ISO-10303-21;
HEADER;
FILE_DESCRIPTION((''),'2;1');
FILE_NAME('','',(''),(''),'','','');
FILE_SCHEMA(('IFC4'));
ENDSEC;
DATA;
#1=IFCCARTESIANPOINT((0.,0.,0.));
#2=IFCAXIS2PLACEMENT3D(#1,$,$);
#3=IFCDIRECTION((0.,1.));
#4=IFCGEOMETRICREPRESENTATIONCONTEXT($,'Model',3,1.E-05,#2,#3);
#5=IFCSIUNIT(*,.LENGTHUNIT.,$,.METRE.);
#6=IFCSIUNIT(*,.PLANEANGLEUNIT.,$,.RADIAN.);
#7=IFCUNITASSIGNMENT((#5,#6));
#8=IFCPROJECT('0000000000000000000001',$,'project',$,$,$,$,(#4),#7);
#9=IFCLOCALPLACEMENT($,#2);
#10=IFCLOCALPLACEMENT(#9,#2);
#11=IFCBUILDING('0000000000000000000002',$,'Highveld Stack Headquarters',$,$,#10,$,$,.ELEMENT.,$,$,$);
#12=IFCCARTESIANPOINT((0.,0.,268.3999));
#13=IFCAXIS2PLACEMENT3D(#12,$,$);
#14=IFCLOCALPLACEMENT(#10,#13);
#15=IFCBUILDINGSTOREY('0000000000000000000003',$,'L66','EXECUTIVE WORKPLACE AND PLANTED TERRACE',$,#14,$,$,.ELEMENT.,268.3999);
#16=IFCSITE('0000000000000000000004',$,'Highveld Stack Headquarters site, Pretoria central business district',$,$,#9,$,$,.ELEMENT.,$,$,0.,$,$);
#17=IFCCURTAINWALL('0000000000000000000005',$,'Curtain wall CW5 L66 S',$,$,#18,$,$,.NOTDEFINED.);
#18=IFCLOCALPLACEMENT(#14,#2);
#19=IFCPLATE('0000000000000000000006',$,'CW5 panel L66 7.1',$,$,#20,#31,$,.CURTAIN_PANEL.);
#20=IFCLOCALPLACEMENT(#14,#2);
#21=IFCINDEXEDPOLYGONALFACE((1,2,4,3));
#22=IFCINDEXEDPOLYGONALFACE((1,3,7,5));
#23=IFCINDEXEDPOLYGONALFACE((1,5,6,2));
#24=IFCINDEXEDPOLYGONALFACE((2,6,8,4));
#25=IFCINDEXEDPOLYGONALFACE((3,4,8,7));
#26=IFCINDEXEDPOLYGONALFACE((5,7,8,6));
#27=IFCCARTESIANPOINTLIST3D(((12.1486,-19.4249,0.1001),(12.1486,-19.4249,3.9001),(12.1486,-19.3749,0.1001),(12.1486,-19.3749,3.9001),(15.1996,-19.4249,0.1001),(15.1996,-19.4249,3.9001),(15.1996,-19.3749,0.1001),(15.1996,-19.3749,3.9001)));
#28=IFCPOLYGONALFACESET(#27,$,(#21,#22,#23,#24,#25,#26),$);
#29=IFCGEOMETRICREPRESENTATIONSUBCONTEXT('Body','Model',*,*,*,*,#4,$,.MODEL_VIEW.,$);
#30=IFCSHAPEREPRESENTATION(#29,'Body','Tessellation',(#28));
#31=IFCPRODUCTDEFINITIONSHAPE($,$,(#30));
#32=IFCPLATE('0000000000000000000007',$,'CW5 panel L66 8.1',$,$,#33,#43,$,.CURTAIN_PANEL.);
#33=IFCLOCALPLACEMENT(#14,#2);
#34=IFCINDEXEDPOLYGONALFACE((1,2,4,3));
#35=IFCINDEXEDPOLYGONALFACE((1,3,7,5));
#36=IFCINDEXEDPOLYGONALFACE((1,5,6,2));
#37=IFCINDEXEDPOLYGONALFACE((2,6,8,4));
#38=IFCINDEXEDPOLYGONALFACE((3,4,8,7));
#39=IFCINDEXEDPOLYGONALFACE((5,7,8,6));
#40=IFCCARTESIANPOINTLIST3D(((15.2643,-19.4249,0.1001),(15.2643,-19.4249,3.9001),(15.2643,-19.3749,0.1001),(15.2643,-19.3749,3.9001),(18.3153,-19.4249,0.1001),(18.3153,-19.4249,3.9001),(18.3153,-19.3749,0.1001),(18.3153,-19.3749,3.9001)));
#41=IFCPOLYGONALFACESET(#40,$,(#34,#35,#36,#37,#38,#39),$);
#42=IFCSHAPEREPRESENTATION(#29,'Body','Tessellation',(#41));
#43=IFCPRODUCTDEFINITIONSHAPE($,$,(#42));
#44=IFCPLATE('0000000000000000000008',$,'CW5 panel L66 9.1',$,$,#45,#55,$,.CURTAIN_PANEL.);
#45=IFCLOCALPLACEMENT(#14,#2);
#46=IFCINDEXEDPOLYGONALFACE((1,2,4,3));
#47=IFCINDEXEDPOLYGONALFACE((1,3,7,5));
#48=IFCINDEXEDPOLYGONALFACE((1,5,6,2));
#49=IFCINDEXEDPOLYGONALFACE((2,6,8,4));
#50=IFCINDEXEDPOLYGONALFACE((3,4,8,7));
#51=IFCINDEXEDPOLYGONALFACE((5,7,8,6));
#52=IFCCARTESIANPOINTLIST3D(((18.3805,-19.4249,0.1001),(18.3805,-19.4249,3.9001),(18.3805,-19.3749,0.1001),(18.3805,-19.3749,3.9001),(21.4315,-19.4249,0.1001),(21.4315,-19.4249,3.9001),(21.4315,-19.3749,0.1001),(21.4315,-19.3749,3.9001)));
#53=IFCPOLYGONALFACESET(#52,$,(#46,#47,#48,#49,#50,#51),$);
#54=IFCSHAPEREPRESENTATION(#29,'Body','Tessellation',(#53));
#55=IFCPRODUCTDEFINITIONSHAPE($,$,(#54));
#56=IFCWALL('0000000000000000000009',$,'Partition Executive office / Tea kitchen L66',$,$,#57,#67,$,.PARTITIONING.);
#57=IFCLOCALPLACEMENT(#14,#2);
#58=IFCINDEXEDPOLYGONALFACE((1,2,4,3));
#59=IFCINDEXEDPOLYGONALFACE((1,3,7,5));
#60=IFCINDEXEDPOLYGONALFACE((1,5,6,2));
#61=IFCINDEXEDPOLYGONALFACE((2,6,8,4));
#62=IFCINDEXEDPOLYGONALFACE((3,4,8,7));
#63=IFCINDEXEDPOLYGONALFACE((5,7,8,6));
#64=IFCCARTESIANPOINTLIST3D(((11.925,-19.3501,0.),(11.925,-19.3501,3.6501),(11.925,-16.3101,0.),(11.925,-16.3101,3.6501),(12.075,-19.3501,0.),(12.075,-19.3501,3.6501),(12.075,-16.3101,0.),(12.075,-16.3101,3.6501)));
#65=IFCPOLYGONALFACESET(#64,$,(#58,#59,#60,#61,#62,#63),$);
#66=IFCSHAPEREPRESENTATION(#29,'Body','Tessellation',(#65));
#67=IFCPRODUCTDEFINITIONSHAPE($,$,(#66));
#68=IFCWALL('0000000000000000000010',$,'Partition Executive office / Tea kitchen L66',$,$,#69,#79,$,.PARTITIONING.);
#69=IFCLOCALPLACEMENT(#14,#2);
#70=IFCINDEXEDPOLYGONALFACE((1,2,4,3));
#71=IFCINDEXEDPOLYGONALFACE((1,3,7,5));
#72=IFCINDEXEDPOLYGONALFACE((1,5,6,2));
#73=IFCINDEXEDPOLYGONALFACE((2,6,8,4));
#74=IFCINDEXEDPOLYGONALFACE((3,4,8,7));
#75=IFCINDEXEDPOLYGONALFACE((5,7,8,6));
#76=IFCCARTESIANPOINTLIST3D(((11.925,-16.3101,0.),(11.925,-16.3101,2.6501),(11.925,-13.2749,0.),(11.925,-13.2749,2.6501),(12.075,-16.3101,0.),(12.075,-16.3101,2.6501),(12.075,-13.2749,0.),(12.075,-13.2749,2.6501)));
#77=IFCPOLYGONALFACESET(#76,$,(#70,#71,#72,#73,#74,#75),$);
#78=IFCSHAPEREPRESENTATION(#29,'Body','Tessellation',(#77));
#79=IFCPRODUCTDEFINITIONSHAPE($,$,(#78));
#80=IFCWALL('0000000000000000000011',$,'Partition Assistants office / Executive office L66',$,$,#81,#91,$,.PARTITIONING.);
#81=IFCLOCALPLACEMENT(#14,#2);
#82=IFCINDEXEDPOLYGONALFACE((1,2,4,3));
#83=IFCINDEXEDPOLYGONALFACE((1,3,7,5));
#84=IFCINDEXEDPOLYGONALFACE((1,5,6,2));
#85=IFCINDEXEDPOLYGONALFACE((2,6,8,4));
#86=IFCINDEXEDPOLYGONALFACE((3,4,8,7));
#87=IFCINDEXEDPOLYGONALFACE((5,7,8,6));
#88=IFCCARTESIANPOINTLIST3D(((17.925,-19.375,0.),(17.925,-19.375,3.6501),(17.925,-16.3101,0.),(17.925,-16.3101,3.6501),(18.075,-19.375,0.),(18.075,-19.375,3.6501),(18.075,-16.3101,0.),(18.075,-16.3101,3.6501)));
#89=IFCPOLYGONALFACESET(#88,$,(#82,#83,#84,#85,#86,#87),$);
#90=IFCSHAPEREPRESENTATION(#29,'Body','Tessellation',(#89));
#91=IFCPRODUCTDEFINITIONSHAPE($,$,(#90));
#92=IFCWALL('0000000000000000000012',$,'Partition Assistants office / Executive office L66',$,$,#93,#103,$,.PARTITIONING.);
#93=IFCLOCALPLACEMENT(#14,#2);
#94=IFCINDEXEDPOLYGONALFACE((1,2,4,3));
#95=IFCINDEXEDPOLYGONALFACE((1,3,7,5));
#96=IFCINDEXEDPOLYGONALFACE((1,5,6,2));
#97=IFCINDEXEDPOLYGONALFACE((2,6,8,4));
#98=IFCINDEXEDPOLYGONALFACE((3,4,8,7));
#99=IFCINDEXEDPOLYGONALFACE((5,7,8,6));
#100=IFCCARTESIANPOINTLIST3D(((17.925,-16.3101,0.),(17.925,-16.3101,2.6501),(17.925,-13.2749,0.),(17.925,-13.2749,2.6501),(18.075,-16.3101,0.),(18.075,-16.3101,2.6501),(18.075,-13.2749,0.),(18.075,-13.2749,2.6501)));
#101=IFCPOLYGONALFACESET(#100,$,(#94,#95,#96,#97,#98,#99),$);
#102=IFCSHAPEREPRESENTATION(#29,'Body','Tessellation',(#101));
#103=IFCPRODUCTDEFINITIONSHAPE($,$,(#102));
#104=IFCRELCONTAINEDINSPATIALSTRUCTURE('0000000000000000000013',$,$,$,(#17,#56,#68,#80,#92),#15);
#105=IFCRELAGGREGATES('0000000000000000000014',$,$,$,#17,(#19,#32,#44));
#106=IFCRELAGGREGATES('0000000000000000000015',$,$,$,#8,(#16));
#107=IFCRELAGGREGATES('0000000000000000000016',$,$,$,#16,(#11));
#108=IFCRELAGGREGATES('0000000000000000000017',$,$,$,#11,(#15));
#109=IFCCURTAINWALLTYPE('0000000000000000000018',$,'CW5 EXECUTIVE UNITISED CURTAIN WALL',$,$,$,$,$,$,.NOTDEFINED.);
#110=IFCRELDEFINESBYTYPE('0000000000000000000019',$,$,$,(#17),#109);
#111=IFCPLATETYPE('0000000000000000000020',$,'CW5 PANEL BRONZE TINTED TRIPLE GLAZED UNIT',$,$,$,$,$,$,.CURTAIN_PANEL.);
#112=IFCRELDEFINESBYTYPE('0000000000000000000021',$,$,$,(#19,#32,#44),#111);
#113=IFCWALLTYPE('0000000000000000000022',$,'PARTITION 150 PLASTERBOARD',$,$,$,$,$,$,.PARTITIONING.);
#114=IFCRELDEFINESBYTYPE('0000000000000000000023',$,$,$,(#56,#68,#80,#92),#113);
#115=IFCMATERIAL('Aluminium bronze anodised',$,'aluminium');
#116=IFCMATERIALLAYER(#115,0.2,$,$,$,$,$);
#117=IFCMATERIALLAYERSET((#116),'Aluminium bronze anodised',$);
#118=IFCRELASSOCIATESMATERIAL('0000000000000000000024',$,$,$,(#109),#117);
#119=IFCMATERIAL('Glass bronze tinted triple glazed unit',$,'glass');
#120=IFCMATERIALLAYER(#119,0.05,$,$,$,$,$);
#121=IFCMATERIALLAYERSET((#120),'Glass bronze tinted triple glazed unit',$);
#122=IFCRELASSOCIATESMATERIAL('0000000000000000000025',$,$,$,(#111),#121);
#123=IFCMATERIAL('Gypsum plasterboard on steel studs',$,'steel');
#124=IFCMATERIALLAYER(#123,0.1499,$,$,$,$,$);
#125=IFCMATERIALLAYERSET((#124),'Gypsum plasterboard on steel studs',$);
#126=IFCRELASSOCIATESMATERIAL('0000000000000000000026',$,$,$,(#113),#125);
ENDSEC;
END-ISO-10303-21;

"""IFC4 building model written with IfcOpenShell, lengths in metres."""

from ifc_helpers import new_model, si_unit, direction, frame, frame_2d, origin, origin_2d, place, context, subcontext, project, spatial, rectangle, extrude, material, layer, layer_set, type_object, element, aggregate, save


model = new_model("IFC4")

# Units and contexts
model_context = context("Model", 3, precision=1e-05, world=origin(), true_north=direction((0.0, 1.0)))
body_context = subcontext(model_context, "Body", "Model", "MODEL_VIEW")
ifc_project = project(units=[si_unit("LENGTHUNIT", "METRE"), si_unit("PLANEANGLEUNIT", "RADIAN")], contexts=[model_context])

# Site, building, storey
site_placement = place(None, origin())
site = spatial("IfcSite", under=ifc_project, at=site_placement, Name="Highveld Stack Headquarters site, Pretoria central business district", CompositionType="ELEMENT", RefElevation=0.0)
building_placement = place(site_placement, origin())
building = spatial("IfcBuilding", under=site, at=building_placement, Name="Highveld Stack Headquarters", CompositionType="ELEMENT")
storey_placement = place(building_placement, frame((0.0, 0.0, 268.3999)))
storey = spatial("IfcBuildingStorey", under=building, at=storey_placement, Name="L66", Description="EXECUTIVE WORKPLACE AND PLANTED TERRACE", CompositionType="ELEMENT", Elevation=268.3999)

# Curtain wall, plates
ifc_material_1 = material(Name="Aluminium bronze anodised", Category="aluminium")
ifc_layer_1 = layer(ifc_material_1, 0.2)
ifc_layer_set_1 = layer_set([ifc_layer_1], Name="Aluminium bronze anodised")
curtain_wall_type = type_object("IfcCurtainWallType", Name="CW5 EXECUTIVE UNITISED CURTAIN WALL", PredefinedType="NOTDEFINED", material=ifc_layer_set_1)
curtain_wall_placement = place(storey_placement, origin())
curtain_wall = element("IfcCurtainWall", 1, at=curtain_wall_placement, inside=storey, type_object=curtain_wall_type, Name="Curtain wall CW5 L66 S", PredefinedType="NOTDEFINED")
ifc_material_2 = material(Name="Glass bronze tinted triple glazed unit", Category="glass")
ifc_layer_2 = layer(ifc_material_2, 0.05)
ifc_layer_set_2 = layer_set([ifc_layer_2], Name="Glass bronze tinted triple glazed unit")
plate_type = type_object("IfcPlateType", Name="CW5 PANEL BRONZE TINTED TRIPLE GLAZED UNIT", PredefinedType="CURTAIN_PANEL", material=ifc_layer_set_2)
plate_1_placement = place(storey_placement, frame((13.6741, -19.3999, 0.1001), z_axis=(0.0, 0.0, 1.0), x_axis=(1.0, 0.0, 0.0)))
plate_1 = element("IfcPlate", 2, at=plate_1_placement, type_object=plate_type, Name="CW5 panel L66 7.1", PredefinedType="CURTAIN_PANEL", context=body_context, shape_type="SweptSolid", body=[
    extrude(rectangle(XDim=3.051, YDim=0.05, at=origin_2d()), origin(), (0.0, 0.0, 1.0), 3.8),
])
plate_2_placement = place(storey_placement, frame((16.7898, -19.3999, 0.1001), z_axis=(0.0, 0.0, 1.0), x_axis=(1.0, 0.0, 0.0)))
plate_2 = element("IfcPlate", 3, at=plate_2_placement, type_object=plate_type, Name="CW5 panel L66 8.1", PredefinedType="CURTAIN_PANEL", context=body_context, shape_type="SweptSolid", body=[
    extrude(rectangle(XDim=3.051, YDim=0.05, at=origin_2d()), origin(), (0.0, 0.0, 1.0), 3.8),
])
plate_3_placement = place(storey_placement, frame((19.906, -19.3999, 0.1001), z_axis=(0.0, 0.0, 1.0), x_axis=(1.0, 0.0, 0.0)))
plate_3 = element("IfcPlate", 4, at=plate_3_placement, type_object=plate_type, Name="CW5 panel L66 9.1", PredefinedType="CURTAIN_PANEL", context=body_context, shape_type="SweptSolid", body=[
    extrude(rectangle(XDim=3.051, YDim=0.05, at=origin_2d()), origin(), (0.0, 0.0, 1.0), 3.8),
])
aggregate(curtain_wall, [plate_1, plate_2, plate_3])

# Walls
ifc_material_3 = material(Name="Gypsum plasterboard on steel studs", Category="steel")
ifc_layer_3 = layer(ifc_material_3, 0.1499)
ifc_layer_set_3 = layer_set([ifc_layer_3], Name="Gypsum plasterboard on steel studs")
wall_type = type_object("IfcWallType", Name="PARTITION 150 PLASTERBOARD", PredefinedType="PARTITIONING", material=ifc_layer_set_3)
wall_1_placement = place(storey_placement, frame((12.0, -19.3501, 0.0), z_axis=(0.0, 0.0, 1.0), x_axis=(0.0, 1.0, 0.0)))
element("IfcWall", 5, at=wall_1_placement, inside=storey, type_object=wall_type, Name="Partition Executive office / Tea kitchen L66", PredefinedType="PARTITIONING", context=body_context, shape_type="SweptSolid", body=[
    extrude(rectangle(XDim=3.04, YDim=0.1499, at=frame_2d((1.52, 0.0))), origin(), (0.0, 0.0, 1.0), 3.6501),
])
wall_2_placement = place(storey_placement, frame((12.0, -16.3101, 0.0), z_axis=(0.0, 0.0, 1.0), x_axis=(0.0, 1.0, 0.0)))
element("IfcWall", 6, at=wall_2_placement, inside=storey, type_object=wall_type, Name="Partition Executive office / Tea kitchen L66", PredefinedType="PARTITIONING", context=body_context, shape_type="SweptSolid", body=[
    extrude(rectangle(XDim=3.0352, YDim=0.1499, at=frame_2d((1.5176, 0.0))), origin(), (0.0, 0.0, 1.0), 2.6501),
])
wall_3_placement = place(storey_placement, frame((18.0, -19.375, 0.0), z_axis=(0.0, 0.0, 1.0), x_axis=(0.0, 1.0, 0.0)))
element("IfcWall", 7, at=wall_3_placement, inside=storey, type_object=wall_type, Name="Partition Assistants office / Executive office L66", PredefinedType="PARTITIONING", context=body_context, shape_type="SweptSolid", body=[
    extrude(rectangle(XDim=3.0649, YDim=0.1499, at=frame_2d((1.5325, 0.0))), origin(), (0.0, 0.0, 1.0), 3.6501),
])
wall_4_placement = place(storey_placement, frame((18.0, -16.3101, 0.0), z_axis=(0.0, 0.0, 1.0), x_axis=(0.0, 1.0, 0.0)))
element("IfcWall", 8, at=wall_4_placement, inside=storey, type_object=wall_type, Name="Partition Assistants office / Executive office L66", PredefinedType="PARTITIONING", context=body_context, shape_type="SweptSolid", body=[
    extrude(rectangle(XDim=3.0352, YDim=0.1499, at=frame_2d((1.5176, 0.0))), origin(), (0.0, 0.0, 1.0), 2.6501),
])

save(model, "model.ifc")
